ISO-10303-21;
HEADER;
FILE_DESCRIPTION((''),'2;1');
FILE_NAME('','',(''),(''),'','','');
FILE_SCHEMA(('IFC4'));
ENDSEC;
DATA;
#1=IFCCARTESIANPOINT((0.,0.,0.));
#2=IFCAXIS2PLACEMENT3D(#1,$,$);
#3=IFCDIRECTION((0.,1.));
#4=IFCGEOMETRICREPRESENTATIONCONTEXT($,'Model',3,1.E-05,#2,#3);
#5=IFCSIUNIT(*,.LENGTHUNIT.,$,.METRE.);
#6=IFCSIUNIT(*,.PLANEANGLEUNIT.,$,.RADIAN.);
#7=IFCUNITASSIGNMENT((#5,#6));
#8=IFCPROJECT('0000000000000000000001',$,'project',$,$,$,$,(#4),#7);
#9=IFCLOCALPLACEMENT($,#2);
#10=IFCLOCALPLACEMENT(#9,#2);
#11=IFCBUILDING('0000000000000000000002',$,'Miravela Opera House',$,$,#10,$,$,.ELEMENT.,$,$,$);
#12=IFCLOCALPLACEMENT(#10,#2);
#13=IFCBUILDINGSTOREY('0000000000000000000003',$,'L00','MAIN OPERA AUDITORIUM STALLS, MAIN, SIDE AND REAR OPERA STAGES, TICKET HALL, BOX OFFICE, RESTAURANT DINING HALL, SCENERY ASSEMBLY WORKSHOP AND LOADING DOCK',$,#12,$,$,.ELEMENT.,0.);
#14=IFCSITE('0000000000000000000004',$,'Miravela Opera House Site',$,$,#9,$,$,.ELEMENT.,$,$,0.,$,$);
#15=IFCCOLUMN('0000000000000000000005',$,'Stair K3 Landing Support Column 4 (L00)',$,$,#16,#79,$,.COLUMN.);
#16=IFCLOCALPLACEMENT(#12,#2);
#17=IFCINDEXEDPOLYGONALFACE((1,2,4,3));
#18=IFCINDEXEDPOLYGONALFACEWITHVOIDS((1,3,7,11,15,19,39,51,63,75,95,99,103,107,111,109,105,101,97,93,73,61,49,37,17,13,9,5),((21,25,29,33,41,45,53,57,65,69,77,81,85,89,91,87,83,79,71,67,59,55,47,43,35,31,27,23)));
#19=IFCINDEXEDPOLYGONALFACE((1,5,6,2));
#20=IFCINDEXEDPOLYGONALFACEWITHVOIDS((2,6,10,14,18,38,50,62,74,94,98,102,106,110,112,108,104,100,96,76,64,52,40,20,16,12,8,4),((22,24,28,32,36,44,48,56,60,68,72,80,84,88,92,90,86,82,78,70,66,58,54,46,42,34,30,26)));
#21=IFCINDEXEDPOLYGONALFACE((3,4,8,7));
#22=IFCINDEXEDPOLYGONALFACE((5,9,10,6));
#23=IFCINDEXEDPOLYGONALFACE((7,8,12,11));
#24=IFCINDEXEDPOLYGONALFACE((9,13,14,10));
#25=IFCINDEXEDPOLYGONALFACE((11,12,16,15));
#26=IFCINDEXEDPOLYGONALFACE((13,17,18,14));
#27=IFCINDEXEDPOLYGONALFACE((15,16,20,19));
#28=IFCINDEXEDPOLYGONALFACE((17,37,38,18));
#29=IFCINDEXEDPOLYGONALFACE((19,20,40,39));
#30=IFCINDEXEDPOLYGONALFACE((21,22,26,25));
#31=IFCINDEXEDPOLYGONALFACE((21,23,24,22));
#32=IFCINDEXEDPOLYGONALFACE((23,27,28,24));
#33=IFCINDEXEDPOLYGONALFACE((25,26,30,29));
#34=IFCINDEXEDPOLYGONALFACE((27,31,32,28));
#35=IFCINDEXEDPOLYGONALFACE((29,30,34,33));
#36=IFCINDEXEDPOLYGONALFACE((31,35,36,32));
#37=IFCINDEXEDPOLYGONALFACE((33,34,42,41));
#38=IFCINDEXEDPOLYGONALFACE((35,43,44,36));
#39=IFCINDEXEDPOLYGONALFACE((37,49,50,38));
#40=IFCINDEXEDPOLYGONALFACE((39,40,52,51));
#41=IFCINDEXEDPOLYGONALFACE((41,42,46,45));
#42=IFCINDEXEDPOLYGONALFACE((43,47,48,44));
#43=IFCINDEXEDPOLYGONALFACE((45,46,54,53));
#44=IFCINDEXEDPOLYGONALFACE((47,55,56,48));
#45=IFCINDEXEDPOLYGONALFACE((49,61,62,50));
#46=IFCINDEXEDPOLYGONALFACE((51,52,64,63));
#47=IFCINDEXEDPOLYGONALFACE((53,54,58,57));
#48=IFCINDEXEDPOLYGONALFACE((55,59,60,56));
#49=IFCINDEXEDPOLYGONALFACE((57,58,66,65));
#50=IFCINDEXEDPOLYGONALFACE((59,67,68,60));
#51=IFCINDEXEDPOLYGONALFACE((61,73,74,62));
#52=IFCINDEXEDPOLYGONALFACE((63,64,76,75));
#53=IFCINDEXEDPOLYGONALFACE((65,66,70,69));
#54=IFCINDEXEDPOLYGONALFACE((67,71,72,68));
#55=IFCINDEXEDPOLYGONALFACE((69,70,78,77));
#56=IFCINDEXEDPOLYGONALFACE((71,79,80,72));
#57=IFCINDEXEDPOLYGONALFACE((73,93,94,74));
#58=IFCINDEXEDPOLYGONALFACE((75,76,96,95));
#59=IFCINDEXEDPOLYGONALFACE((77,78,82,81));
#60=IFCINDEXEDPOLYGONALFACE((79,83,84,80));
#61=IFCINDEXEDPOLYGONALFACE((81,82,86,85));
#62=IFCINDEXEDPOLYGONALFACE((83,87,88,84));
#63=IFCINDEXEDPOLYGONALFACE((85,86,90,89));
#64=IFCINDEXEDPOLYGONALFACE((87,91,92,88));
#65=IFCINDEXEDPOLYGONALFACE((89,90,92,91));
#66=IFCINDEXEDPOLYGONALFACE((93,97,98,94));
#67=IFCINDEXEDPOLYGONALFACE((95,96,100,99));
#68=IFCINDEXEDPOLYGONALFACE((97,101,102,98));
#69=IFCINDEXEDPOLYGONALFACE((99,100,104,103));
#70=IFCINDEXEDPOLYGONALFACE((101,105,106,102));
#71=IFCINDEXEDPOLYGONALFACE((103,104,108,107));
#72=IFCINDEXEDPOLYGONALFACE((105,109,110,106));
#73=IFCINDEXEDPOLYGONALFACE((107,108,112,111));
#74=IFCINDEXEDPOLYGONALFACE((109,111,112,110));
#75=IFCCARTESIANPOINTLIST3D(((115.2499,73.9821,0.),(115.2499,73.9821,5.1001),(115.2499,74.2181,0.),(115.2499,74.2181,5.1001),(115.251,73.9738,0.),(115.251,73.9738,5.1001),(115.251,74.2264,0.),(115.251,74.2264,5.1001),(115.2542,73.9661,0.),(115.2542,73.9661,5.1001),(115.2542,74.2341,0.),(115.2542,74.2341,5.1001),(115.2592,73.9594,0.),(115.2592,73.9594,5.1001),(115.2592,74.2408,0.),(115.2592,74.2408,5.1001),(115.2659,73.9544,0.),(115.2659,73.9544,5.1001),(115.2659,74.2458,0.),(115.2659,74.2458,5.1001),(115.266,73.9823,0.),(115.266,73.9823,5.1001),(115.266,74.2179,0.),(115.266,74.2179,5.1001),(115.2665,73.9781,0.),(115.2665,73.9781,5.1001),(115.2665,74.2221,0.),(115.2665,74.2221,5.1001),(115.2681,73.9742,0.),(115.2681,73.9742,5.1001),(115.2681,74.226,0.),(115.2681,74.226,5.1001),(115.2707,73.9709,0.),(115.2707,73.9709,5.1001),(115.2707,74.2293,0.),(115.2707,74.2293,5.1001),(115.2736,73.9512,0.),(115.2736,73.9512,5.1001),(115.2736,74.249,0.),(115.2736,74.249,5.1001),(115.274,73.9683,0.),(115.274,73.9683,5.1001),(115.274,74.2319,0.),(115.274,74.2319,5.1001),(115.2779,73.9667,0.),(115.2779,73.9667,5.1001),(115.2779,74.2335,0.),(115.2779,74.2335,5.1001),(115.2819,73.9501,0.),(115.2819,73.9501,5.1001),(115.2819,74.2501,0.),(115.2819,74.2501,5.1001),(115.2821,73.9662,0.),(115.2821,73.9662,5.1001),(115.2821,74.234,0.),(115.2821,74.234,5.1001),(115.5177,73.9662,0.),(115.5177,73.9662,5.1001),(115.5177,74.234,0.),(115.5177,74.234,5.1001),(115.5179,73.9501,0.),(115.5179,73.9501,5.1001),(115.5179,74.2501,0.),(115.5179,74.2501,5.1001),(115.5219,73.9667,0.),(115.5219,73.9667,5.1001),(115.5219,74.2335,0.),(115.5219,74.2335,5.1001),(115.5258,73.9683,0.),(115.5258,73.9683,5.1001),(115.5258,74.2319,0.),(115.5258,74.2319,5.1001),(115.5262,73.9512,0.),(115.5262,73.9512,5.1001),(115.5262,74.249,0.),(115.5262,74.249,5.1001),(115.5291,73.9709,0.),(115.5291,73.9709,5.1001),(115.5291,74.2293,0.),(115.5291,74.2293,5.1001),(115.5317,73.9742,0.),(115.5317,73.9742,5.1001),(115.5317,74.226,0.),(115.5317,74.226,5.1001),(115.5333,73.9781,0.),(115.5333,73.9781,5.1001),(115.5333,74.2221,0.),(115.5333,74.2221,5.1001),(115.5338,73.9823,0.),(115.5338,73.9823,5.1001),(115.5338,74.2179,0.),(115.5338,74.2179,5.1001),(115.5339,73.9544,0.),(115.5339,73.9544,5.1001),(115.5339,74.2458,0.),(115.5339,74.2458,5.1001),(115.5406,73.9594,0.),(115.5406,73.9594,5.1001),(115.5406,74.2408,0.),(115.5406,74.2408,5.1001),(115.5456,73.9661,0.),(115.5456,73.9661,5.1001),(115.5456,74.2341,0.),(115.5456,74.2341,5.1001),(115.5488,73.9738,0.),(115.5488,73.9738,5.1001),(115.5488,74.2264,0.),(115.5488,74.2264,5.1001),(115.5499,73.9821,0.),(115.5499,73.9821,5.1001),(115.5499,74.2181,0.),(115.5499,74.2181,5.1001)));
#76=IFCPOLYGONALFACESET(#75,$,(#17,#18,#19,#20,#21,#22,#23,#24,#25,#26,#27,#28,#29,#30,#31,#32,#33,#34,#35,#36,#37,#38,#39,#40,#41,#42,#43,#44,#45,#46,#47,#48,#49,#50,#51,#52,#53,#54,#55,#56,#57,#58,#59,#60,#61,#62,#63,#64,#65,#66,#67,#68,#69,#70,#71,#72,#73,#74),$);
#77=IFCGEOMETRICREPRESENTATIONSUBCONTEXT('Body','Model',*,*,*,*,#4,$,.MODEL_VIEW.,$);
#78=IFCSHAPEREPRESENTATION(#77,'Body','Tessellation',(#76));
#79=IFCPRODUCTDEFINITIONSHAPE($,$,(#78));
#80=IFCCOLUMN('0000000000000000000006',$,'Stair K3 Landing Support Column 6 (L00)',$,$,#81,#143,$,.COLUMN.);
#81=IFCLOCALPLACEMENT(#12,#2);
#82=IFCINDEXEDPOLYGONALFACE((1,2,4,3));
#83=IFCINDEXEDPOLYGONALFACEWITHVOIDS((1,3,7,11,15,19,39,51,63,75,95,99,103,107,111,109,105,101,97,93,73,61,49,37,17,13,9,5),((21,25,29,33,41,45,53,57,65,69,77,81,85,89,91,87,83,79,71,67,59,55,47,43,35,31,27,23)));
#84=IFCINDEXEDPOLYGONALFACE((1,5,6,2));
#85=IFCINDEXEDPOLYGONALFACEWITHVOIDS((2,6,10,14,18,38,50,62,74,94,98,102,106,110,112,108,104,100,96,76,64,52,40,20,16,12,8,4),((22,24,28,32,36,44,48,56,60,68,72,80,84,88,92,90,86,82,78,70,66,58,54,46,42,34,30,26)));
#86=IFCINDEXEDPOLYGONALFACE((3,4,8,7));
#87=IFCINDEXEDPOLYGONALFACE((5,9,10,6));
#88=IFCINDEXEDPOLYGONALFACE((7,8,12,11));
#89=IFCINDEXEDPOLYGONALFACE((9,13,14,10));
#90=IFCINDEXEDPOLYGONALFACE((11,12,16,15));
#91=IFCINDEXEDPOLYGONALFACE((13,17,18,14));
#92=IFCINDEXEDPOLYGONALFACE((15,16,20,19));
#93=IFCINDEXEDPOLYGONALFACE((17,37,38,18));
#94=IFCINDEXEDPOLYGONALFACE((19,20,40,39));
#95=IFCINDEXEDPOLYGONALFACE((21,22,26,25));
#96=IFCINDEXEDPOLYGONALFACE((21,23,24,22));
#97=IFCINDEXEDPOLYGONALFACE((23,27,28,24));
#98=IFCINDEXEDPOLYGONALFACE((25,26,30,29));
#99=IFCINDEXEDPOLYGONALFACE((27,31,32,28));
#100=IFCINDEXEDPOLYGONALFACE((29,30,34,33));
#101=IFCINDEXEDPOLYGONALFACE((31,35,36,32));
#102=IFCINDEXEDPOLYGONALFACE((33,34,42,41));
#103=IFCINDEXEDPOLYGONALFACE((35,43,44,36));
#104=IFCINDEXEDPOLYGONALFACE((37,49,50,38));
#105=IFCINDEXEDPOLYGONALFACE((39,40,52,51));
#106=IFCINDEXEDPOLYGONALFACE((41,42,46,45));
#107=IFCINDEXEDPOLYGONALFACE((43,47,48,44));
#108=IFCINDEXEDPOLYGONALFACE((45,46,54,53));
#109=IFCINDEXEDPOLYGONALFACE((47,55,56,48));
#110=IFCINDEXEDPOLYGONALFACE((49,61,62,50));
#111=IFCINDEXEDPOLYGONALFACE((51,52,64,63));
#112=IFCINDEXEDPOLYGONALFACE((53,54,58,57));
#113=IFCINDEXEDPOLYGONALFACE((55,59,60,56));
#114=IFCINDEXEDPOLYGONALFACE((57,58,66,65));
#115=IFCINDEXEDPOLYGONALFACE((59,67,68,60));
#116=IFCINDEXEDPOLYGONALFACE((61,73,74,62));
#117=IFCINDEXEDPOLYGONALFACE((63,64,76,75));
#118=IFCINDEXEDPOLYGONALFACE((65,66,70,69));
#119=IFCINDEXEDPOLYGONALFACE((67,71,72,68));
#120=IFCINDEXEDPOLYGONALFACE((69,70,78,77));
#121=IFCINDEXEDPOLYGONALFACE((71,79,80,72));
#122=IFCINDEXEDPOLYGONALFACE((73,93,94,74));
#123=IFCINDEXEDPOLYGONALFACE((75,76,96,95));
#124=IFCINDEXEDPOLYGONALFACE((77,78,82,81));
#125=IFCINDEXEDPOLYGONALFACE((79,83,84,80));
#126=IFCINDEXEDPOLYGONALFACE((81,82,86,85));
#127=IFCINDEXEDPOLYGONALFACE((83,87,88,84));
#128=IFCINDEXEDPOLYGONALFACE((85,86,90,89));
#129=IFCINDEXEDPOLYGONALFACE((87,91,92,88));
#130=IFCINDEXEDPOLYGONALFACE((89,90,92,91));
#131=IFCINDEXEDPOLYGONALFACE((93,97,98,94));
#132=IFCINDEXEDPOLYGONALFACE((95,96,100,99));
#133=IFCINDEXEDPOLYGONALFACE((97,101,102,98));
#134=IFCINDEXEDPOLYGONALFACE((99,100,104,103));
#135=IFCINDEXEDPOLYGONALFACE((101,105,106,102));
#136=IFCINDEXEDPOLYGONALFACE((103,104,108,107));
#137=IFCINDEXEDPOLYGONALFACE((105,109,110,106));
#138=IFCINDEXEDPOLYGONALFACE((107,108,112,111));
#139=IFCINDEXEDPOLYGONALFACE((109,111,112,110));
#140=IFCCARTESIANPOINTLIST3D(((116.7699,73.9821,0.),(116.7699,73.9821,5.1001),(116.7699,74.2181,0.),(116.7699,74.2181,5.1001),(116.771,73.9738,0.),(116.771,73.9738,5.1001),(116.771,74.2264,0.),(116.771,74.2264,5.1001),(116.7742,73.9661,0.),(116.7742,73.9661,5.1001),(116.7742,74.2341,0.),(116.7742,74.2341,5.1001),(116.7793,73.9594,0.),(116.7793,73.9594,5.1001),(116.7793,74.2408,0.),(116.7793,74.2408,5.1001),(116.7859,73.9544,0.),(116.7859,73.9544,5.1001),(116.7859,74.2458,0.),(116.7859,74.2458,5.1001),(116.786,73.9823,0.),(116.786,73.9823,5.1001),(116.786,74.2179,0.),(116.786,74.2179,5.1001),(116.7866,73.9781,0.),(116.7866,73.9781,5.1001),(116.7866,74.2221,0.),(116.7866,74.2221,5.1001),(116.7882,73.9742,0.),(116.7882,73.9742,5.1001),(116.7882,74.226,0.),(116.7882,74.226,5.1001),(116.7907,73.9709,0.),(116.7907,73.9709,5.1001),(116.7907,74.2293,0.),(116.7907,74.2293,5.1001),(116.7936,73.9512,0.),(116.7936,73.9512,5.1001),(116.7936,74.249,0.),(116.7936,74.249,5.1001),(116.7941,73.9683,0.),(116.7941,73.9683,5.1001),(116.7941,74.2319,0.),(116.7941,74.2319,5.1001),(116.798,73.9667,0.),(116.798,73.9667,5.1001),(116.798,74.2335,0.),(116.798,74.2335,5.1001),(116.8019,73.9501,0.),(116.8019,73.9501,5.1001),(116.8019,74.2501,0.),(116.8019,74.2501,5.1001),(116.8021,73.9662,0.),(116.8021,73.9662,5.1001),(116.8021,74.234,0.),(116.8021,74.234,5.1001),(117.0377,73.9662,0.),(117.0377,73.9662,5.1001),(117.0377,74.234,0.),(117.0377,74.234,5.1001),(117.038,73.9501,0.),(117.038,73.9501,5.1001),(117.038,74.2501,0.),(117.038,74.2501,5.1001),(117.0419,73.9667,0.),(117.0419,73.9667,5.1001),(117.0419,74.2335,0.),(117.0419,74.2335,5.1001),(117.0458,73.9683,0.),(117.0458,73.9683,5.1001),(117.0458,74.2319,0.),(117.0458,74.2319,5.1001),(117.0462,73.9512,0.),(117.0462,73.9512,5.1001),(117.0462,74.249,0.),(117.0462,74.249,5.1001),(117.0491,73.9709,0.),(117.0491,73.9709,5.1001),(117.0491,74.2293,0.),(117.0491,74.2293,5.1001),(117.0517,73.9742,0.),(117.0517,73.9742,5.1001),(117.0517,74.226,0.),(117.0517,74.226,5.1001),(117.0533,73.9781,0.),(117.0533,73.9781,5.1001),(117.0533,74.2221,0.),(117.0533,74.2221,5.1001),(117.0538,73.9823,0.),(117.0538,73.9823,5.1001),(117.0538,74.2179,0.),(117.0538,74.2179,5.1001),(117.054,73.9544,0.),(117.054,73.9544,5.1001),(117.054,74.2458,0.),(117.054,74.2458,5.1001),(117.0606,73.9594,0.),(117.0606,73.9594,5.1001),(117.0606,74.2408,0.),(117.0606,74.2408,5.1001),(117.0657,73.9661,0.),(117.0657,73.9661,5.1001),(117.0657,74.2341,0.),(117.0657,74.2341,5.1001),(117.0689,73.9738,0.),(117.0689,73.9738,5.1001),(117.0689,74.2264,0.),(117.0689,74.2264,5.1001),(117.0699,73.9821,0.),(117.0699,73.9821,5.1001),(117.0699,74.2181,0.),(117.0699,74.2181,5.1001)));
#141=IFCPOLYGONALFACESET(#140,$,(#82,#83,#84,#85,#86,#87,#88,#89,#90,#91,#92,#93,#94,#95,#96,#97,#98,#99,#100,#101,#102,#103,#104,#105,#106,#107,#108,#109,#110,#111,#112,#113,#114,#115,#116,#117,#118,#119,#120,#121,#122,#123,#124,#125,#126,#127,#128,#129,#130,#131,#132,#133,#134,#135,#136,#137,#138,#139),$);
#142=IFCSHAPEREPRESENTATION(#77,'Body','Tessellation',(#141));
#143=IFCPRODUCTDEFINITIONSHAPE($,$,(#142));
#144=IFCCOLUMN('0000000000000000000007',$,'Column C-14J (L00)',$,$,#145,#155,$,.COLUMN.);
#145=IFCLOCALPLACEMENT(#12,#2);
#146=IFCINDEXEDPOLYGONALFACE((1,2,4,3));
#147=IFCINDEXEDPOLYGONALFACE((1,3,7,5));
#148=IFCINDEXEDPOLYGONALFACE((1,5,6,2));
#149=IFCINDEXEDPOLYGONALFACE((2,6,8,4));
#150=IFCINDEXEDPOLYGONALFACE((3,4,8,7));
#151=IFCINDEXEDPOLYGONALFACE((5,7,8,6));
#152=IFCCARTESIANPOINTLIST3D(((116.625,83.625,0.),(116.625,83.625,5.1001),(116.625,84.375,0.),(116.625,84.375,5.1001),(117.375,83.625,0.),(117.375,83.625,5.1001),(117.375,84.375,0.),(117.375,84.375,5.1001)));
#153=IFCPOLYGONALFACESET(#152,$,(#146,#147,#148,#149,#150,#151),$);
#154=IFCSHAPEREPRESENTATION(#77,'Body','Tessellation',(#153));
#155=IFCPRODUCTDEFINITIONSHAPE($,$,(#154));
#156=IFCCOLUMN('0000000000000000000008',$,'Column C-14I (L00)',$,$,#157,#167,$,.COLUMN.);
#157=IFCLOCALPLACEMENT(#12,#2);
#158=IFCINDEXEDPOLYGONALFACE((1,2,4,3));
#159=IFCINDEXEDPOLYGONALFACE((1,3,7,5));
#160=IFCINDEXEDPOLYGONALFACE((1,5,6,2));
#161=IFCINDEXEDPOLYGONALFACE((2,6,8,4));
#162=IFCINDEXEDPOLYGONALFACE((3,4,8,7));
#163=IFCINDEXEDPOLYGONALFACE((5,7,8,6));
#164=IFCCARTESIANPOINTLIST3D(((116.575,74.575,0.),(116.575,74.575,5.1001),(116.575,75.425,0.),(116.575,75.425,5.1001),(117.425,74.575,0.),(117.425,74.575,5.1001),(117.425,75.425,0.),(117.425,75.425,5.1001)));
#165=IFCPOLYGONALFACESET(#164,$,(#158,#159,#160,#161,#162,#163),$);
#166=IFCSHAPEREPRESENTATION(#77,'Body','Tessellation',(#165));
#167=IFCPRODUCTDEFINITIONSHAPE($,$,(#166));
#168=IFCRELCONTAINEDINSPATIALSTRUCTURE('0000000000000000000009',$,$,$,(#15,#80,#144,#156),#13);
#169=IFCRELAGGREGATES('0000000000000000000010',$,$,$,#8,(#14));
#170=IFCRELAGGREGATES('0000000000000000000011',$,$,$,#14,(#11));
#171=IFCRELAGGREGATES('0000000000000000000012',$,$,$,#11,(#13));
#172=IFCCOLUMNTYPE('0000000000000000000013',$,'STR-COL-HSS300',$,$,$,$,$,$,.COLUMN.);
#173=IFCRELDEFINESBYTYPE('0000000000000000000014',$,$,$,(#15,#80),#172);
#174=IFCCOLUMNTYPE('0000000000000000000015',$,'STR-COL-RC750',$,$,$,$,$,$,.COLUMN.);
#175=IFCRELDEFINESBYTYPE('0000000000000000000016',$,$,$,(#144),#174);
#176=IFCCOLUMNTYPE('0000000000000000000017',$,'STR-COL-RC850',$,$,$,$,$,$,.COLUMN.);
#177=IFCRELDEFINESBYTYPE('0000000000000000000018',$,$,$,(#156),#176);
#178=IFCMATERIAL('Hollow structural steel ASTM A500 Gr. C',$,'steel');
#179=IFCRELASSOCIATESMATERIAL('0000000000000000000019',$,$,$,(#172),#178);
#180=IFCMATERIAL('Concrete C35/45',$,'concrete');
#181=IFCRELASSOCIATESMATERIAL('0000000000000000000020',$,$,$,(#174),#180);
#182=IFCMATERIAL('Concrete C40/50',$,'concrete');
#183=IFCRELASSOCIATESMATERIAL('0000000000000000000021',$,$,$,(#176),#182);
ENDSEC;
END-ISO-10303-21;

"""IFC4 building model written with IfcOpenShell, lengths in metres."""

from ifc_helpers import new_model, si_unit, direction, frame, origin, origin_2d, place, context, subcontext, project, spatial, rectangle, hollow_rectangle, extrude, material, material_profile, profile_set, type_object, element, save


model = new_model("IFC4")

# Units and contexts
model_context = context("Model", 3, precision=1e-05, world=origin(), true_north=direction((0.0, 1.0)))
body_context = subcontext(model_context, "Body", "Model", "MODEL_VIEW")
ifc_project = project(units=[si_unit("LENGTHUNIT", "METRE"), si_unit("PLANEANGLEUNIT", "RADIAN")], contexts=[model_context])

# Site, building, storey
site_placement = place(None, origin())
site = spatial("IfcSite", under=ifc_project, at=site_placement, Name="Miravela Opera House Site", CompositionType="ELEMENT", RefElevation=0.0)
building_placement = place(site_placement, origin())
building = spatial("IfcBuilding", under=site, at=building_placement, Name="Miravela Opera House", CompositionType="ELEMENT")
storey_placement = place(building_placement, origin())
storey = spatial("IfcBuildingStorey", under=building, at=storey_placement, Name="L00", Description="MAIN OPERA AUDITORIUM STALLS, MAIN, SIDE AND REAR OPERA STAGES, TICKET HALL, BOX OFFICE, RESTAURANT DINING HALL, SCENERY ASSEMBLY WORKSHOP AND LOADING DOCK", CompositionType="ELEMENT", Elevation=0.0)

# Columns
ifc_material_1 = material(Name="Hollow structural steel ASTM A500 Gr. C", Category="steel")
ifc_material_profile_1 = material_profile(ifc_material_1, hollow_rectangle(XDim=0.3, YDim=0.3, WallThickness=0.0161, InnerFilletRadius=0.0161, OuterFilletRadius=0.032, at=origin_2d()), Name="HSS300X300X16")
ifc_profile_set_1 = profile_set([ifc_material_profile_1])
column_type_1 = type_object("IfcColumnType", Name="STR-COL-HSS300", PredefinedType="COLUMN", material=ifc_profile_set_1)
for number, where, z_axis, x_axis, name in (
    (1, (115.3999, 74.1001, 0.0), (0.0, 0.0, 1.0), (1.0, 0.0, 0.0), "Stair K3 Landing Support Column 4 (L00)"),
    (2, (116.9199, 74.1001, 0.0), (0.0, 0.0, 1.0), (1.0, 0.0, 0.0), "Stair K3 Landing Support Column 6 (L00)"),
):
    element("IfcColumn", number, at=place(storey_placement, frame(where, z_axis=z_axis, x_axis=x_axis)), inside=storey, type_object=column_type_1, Name=name, PredefinedType="COLUMN", context=body_context, shape_type="SweptSolid", body=[
        extrude(hollow_rectangle(XDim=0.3, YDim=0.3, WallThickness=0.0161, InnerFilletRadius=0.0161, OuterFilletRadius=0.032, at=origin_2d()), origin(), (0.0, 0.0, 1.0), 5.1001),
    ])
ifc_material_2 = material(Name="Concrete C35/45", Category="concrete")
ifc_material_profile_2 = material_profile(ifc_material_2, rectangle(XDim=0.75, YDim=0.75, at=origin_2d()), Name="RC-COL-750X750")
ifc_profile_set_2 = profile_set([ifc_material_profile_2])
column_type_2 = type_object("IfcColumnType", Name="STR-COL-RC750", PredefinedType="COLUMN", material=ifc_profile_set_2)
column_1_placement = place(storey_placement, frame((117.0, 84.0, 0.0), z_axis=(0.0, 0.0, 1.0), x_axis=(1.0, 0.0, 0.0)))
element("IfcColumn", 3, at=column_1_placement, inside=storey, type_object=column_type_2, Name="Column C-14J (L00)", PredefinedType="COLUMN", context=body_context, shape_type="SweptSolid", body=[
    extrude(rectangle(XDim=0.75, YDim=0.75, at=origin_2d()), origin(), (0.0, 0.0, 1.0), 5.1001),
])
ifc_material_3 = material(Name="Concrete C40/50", Category="concrete")
ifc_material_profile_3 = material_profile(ifc_material_3, rectangle(XDim=0.8501, YDim=0.8501, at=origin_2d()), Name="RC-COL-850X850")
ifc_profile_set_3 = profile_set([ifc_material_profile_3])
column_type_3 = type_object("IfcColumnType", Name="STR-COL-RC850", PredefinedType="COLUMN", material=ifc_profile_set_3)
column_2_placement = place(storey_placement, frame((117.0, 75.0, 0.0), z_axis=(0.0, 0.0, 1.0), x_axis=(1.0, 0.0, 0.0)))
element("IfcColumn", 4, at=column_2_placement, inside=storey, type_object=column_type_3, Name="Column C-14I (L00)", PredefinedType="COLUMN", context=body_context, shape_type="SweptSolid", body=[
    extrude(rectangle(XDim=0.8501, YDim=0.8501, at=origin_2d()), origin(), (0.0, 0.0, 1.0), 5.1001),
])

save(model, "model.ifc")
